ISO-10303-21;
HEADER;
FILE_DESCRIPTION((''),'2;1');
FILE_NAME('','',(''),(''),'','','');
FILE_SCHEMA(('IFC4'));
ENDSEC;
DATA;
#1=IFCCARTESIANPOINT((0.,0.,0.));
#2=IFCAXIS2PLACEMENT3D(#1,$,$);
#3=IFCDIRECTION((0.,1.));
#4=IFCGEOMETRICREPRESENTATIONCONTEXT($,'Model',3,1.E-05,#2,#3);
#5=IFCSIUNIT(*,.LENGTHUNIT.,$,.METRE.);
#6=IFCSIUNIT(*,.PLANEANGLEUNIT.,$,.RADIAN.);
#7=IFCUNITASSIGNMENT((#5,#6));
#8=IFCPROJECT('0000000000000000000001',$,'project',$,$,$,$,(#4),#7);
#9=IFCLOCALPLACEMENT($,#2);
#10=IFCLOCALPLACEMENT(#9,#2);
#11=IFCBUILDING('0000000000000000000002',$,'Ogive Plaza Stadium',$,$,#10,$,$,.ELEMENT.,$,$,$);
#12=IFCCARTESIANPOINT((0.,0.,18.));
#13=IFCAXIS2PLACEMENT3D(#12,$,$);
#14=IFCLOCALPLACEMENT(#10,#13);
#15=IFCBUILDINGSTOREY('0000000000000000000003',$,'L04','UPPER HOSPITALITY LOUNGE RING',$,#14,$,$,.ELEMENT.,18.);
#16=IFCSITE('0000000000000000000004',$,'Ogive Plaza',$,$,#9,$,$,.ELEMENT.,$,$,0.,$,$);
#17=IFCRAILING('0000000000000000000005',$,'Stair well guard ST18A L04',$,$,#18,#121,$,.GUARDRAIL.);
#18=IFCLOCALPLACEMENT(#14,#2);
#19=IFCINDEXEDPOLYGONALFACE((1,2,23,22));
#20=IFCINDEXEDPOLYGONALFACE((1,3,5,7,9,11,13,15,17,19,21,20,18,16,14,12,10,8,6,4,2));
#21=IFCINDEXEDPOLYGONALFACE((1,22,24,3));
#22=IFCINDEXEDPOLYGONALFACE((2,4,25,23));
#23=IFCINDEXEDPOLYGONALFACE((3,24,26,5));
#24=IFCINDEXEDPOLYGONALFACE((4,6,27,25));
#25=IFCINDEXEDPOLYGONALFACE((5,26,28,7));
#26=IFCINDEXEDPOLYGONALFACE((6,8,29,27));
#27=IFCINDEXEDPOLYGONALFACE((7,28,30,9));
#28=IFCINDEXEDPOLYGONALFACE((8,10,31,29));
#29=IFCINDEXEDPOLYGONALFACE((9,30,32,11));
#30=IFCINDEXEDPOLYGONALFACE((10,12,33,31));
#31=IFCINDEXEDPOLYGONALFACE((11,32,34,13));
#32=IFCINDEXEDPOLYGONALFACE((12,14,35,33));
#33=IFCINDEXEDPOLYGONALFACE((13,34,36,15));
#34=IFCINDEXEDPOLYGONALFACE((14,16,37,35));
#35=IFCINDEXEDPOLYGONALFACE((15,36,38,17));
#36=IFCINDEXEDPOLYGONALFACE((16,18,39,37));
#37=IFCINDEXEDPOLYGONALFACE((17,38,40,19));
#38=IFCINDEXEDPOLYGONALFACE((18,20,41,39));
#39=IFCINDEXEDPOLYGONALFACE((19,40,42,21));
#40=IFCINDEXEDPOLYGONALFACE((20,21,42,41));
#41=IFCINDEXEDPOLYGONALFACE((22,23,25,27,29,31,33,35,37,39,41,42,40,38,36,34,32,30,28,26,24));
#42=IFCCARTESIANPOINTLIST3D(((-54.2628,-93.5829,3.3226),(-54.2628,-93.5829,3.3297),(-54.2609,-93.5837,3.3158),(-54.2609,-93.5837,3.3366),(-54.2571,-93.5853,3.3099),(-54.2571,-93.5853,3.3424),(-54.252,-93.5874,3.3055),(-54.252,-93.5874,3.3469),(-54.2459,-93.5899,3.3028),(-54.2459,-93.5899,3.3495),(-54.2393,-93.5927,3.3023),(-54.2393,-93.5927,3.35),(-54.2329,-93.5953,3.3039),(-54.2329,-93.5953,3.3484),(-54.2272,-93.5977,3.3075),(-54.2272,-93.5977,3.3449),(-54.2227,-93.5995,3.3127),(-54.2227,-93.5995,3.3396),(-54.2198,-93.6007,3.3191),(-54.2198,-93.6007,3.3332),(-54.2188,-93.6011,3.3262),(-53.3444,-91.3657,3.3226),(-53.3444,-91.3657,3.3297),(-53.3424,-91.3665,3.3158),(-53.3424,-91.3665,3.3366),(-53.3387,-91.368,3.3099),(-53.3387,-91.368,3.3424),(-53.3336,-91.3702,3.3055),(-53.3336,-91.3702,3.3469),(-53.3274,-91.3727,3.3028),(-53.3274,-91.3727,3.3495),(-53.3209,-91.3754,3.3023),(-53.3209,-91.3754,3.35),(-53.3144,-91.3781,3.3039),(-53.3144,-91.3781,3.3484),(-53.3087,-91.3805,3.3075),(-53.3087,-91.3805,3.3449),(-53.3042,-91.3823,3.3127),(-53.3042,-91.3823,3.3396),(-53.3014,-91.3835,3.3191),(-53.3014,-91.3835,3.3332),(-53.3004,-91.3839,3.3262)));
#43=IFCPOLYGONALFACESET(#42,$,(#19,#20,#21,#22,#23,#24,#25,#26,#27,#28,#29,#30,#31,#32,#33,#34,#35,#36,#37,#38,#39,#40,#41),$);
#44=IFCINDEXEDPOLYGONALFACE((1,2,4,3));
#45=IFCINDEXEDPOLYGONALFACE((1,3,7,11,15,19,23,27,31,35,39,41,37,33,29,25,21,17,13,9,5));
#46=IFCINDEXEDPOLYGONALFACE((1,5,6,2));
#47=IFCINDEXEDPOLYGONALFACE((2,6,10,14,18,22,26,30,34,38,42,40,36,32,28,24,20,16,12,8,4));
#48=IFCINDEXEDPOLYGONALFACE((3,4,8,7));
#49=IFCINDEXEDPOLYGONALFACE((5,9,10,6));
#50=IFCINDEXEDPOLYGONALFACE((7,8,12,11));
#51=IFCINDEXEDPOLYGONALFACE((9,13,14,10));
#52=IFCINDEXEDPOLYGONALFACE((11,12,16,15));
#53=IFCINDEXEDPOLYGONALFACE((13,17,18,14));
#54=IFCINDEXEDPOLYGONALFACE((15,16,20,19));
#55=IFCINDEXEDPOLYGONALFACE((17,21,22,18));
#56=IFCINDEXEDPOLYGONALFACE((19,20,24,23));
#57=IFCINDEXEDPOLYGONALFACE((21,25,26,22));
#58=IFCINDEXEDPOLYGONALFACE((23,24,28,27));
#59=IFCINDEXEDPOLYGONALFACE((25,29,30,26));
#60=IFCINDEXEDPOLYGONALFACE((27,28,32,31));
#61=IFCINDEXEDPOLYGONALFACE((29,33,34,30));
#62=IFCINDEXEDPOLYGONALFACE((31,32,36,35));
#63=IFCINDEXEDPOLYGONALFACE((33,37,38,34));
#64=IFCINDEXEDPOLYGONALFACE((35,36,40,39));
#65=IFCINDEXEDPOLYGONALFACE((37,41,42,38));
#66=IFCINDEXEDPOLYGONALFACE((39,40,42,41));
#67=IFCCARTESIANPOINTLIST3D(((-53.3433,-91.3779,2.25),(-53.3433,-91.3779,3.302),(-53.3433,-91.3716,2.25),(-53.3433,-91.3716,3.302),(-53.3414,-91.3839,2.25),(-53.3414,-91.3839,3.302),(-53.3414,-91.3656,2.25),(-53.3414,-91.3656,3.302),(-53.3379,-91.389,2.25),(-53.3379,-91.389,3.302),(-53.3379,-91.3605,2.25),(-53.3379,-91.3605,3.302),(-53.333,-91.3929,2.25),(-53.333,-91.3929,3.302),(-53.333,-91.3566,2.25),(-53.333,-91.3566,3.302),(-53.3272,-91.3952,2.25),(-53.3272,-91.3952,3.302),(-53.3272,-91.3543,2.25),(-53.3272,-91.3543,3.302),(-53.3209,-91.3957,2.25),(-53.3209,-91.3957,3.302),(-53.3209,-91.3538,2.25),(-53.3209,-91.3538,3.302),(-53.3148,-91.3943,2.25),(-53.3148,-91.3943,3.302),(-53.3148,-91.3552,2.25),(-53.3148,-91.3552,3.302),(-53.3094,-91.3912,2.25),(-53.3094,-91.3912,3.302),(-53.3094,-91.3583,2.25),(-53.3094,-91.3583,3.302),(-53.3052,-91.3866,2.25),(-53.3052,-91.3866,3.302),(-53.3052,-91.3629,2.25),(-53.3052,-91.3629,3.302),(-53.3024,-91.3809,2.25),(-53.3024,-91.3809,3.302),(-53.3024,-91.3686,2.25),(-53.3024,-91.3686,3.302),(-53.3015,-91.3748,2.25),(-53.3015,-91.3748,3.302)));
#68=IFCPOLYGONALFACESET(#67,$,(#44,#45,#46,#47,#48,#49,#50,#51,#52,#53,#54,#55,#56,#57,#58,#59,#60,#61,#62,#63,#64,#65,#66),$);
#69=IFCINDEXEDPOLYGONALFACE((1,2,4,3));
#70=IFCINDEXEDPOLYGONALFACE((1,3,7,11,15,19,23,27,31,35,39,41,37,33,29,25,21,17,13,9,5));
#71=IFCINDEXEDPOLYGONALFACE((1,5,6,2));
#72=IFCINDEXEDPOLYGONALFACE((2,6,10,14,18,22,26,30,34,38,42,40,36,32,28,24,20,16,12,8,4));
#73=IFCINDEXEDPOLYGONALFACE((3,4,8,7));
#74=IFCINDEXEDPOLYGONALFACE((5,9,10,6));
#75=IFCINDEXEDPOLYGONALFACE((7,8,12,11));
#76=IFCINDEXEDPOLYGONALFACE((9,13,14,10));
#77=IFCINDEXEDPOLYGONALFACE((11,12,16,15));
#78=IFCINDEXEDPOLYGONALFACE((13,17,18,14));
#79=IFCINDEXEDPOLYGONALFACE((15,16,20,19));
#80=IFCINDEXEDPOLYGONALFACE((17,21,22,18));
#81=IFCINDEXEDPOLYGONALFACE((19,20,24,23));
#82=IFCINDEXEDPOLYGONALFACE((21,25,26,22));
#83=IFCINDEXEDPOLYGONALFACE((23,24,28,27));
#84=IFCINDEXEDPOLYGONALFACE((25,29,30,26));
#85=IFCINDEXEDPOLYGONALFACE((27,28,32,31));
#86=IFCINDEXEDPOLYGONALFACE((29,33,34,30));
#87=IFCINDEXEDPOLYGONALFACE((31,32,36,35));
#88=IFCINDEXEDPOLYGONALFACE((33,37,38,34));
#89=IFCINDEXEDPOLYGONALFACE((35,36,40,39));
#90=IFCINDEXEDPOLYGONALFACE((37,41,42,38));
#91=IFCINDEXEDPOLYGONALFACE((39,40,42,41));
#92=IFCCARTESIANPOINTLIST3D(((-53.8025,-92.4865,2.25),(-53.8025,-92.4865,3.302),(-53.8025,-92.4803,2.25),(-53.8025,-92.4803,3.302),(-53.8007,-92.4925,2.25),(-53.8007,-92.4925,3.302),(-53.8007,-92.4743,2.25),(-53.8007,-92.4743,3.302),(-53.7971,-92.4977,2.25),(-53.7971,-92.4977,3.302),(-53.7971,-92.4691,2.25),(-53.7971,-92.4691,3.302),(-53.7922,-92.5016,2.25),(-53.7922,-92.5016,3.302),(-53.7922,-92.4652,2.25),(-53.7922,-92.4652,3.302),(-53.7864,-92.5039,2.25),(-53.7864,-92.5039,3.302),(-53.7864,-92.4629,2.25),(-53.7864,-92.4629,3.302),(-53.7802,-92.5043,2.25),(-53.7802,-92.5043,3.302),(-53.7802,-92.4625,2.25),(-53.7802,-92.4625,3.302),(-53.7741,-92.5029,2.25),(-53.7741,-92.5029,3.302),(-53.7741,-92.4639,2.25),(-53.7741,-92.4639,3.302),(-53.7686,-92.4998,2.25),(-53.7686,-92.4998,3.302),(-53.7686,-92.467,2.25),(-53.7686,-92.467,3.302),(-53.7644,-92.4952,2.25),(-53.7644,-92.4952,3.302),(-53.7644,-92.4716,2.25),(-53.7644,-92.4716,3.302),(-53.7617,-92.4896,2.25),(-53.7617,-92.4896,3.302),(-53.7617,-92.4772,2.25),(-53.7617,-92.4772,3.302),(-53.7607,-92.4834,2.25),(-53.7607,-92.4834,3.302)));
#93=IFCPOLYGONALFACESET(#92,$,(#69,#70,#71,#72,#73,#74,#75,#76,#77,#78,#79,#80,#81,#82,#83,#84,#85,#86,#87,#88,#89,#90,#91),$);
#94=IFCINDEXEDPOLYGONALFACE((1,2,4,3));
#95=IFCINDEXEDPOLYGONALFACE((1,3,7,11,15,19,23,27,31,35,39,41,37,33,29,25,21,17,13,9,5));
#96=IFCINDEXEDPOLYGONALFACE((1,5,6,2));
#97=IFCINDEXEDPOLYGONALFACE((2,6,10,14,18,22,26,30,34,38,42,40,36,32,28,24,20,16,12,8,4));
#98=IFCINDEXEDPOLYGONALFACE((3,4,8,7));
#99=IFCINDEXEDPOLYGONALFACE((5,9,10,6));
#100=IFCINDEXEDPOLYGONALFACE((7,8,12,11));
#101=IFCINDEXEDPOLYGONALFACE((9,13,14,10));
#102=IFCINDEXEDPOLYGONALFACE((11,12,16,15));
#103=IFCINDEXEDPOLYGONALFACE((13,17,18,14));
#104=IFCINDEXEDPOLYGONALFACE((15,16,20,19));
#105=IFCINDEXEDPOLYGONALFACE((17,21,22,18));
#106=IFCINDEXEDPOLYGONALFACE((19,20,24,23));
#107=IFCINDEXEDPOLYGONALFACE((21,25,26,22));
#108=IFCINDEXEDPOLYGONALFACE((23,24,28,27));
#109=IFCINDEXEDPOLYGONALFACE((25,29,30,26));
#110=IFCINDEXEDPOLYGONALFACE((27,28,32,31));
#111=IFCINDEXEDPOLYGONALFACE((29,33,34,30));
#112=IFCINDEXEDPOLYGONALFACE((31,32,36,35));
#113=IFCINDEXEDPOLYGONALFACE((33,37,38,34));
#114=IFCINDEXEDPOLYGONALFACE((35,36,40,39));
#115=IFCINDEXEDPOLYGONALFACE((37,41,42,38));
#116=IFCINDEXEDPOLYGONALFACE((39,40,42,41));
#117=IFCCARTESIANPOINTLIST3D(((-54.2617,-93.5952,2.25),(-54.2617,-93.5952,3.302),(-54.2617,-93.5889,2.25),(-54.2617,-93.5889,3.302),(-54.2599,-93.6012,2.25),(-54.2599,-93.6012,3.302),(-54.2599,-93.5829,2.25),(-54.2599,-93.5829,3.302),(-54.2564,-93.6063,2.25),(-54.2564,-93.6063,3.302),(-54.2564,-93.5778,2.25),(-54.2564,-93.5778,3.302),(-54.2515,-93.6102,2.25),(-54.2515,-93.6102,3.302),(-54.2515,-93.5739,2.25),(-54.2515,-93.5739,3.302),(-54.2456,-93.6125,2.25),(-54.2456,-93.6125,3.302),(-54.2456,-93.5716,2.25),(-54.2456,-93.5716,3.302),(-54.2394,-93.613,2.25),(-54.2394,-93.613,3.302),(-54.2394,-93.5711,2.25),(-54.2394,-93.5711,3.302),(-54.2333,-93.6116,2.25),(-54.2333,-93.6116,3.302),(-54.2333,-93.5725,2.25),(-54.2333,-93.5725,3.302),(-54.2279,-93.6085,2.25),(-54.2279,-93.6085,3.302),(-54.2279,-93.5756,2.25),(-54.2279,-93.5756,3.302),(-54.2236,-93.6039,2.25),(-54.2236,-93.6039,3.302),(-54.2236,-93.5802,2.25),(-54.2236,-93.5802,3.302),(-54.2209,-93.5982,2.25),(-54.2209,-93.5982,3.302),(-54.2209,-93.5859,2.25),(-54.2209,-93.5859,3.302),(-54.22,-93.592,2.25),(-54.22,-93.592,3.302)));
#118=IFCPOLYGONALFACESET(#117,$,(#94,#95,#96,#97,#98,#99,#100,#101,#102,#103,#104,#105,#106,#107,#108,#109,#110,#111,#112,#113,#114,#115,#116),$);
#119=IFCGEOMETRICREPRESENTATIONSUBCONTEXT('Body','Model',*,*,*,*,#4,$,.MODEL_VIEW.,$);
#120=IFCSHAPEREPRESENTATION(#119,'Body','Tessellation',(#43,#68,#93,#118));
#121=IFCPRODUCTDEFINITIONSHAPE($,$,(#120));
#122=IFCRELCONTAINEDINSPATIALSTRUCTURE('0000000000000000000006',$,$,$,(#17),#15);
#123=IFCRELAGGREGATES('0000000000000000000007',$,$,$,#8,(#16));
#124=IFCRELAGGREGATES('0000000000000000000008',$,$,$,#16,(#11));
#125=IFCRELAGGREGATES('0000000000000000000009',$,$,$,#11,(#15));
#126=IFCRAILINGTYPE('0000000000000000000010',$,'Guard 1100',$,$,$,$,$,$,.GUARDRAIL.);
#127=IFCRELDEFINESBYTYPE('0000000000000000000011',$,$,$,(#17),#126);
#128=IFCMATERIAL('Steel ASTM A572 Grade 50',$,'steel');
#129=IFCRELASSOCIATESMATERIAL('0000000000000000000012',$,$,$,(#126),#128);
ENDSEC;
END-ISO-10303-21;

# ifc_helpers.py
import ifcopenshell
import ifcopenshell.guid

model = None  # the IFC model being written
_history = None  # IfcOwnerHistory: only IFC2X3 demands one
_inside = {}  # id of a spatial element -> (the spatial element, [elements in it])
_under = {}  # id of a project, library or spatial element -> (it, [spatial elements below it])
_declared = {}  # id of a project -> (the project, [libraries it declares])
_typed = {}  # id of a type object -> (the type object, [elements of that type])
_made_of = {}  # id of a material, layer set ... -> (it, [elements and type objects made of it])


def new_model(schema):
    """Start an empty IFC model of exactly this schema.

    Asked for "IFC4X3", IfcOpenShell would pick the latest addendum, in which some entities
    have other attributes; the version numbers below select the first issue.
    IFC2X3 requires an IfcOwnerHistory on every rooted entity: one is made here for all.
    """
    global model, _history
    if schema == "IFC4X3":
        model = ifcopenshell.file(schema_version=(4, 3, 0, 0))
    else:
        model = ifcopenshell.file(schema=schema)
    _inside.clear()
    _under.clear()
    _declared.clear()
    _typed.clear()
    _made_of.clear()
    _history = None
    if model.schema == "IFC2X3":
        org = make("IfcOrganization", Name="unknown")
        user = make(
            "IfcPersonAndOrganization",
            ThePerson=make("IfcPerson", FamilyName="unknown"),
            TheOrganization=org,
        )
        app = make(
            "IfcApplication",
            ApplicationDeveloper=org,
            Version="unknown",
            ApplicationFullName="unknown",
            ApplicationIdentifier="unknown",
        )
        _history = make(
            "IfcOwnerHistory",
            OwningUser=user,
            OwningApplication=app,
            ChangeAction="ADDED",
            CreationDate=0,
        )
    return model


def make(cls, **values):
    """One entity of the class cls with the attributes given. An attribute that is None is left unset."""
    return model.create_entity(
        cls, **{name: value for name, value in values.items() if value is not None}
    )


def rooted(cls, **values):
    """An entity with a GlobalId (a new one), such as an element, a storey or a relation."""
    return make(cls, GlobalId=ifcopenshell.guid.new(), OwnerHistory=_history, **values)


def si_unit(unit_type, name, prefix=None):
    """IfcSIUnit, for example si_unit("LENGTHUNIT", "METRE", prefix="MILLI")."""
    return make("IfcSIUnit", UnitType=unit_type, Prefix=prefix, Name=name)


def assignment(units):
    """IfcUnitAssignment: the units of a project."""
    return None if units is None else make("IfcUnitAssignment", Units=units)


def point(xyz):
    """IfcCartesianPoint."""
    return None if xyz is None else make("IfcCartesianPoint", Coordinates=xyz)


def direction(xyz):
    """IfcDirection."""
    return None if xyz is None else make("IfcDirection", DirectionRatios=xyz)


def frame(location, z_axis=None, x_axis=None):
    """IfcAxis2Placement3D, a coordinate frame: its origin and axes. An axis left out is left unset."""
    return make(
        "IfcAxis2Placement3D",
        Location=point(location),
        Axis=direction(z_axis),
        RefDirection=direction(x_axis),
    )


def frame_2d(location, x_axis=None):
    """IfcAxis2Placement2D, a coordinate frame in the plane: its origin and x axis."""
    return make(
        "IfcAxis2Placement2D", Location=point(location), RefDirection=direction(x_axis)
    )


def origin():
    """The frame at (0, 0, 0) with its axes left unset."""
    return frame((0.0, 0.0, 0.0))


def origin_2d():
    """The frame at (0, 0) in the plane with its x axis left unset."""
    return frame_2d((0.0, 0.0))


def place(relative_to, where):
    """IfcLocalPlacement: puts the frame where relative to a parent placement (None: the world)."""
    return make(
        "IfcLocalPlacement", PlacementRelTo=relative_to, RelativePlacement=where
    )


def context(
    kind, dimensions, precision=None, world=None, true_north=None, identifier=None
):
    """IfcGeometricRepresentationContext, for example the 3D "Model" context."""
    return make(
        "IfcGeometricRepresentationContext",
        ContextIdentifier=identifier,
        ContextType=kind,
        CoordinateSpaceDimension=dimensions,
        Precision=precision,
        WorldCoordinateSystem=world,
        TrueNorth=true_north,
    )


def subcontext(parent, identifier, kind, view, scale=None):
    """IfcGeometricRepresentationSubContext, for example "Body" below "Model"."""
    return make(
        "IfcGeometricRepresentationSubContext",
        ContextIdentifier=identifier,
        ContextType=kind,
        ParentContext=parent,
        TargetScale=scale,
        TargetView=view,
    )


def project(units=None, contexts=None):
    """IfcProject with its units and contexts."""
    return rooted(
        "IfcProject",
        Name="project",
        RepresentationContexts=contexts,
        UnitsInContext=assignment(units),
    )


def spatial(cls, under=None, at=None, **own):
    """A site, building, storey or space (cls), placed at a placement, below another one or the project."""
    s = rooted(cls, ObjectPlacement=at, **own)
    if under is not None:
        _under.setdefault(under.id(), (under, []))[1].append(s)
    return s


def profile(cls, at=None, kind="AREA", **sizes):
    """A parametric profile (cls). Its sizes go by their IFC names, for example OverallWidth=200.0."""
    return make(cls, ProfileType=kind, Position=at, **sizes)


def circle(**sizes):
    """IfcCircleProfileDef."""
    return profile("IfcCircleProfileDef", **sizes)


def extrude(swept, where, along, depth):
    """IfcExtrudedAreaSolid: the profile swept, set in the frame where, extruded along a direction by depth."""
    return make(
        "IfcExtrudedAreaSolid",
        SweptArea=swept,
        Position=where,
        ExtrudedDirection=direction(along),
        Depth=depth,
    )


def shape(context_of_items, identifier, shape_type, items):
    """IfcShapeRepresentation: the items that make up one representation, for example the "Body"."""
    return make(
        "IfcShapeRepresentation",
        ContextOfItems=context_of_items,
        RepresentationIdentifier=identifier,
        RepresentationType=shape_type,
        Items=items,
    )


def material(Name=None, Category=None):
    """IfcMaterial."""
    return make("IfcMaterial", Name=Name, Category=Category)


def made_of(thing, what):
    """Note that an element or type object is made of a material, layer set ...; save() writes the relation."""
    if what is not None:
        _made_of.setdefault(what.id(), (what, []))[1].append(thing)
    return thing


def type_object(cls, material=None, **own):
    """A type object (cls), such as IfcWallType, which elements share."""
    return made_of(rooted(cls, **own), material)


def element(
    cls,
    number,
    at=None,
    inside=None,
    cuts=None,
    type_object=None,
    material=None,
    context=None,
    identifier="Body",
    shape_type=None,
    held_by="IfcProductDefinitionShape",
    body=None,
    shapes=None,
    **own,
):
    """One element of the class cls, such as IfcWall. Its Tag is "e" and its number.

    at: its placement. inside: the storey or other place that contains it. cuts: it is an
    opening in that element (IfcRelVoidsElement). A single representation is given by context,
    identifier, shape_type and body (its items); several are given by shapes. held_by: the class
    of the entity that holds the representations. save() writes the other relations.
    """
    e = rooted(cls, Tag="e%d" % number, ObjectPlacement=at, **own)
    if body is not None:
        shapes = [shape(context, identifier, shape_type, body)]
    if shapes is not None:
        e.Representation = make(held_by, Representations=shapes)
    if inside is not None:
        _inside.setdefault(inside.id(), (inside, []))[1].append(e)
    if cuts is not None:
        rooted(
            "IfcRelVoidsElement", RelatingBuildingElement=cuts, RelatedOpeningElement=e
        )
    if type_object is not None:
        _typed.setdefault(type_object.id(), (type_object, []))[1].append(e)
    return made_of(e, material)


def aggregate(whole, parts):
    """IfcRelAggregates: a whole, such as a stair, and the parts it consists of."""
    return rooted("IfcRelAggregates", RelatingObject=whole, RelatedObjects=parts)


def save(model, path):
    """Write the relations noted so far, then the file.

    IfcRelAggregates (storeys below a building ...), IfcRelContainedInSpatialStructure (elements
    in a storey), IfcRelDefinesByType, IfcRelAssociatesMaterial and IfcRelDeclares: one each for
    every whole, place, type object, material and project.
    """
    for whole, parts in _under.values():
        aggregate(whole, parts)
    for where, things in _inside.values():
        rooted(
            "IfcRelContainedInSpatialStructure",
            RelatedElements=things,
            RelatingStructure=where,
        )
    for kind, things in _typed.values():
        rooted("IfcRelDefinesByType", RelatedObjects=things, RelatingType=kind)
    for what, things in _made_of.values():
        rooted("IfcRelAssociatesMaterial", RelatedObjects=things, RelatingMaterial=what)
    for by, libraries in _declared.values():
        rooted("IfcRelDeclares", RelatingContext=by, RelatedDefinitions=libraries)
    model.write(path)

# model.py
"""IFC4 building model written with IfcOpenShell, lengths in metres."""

from ifc_helpers import new_model, si_unit, direction, frame, origin, origin_2d, place, context, subcontext, project, spatial, circle, extrude, material, type_object, element, save


model = new_model("IFC4")

# Units and contexts
model_context = context("Model", 3, precision=1e-05, world=origin(), true_north=direction((0.0, 1.0)))
body_context = subcontext(model_context, "Body", "Model", "MODEL_VIEW")
ifc_project = project(units=[si_unit("LENGTHUNIT", "METRE"), si_unit("PLANEANGLEUNIT", "RADIAN")], contexts=[model_context])

# Site, building, storey
site_placement = place(None, origin())
site = spatial("IfcSite", under=ifc_project, at=site_placement, Name="Ogive Plaza", CompositionType="ELEMENT", RefElevation=0.0)
building_placement = place(site_placement, origin())
building = spatial("IfcBuilding", under=site, at=building_placement, Name="Ogive Plaza Stadium", CompositionType="ELEMENT")
storey_placement = place(building_placement, frame((0.0, 0.0, 18.0)))
storey = spatial("IfcBuildingStorey", under=building, at=storey_placement, Name="L04", Description="UPPER HOSPITALITY LOUNGE RING", CompositionType="ELEMENT", Elevation=18.0)

# Railing
ifc_material_1 = material(Name="Steel ASTM A572 Grade 50", Category="steel")
railing_type_1 = type_object("IfcRailingType", Name="Guard 1100", PredefinedType="GUARDRAIL", material=ifc_material_1)
railing_1_placement = place(storey_placement, frame((-53.3225, -91.3748, 2.25)))
element("IfcRailing", 1, at=railing_1_placement, inside=storey, type_object=railing_type_1, Name="Stair well guard ST18A L04", PredefinedType="GUARDRAIL", context=body_context, shape_type="SweptSolid", body=[
    extrude(circle(Radius=0.0239, at=origin_2d()), frame((0.0, 0.0, 1.0762), z_axis=(-0.382693, -0.923875, 0.0), x_axis=(0.923875, -0.382693, 0.0)), (0.0, 0.0, 1.0), 2.3999),
    extrude(circle(Radius=0.021, at=origin_2d()), origin(), (0.0, 0.0, 1.0), 1.052),
    extrude(circle(Radius=0.021, at=origin_2d()), frame((-0.4592, -1.1086, 0.0)), (0.0, 0.0, 1.0), 1.052),
    extrude(circle(Radius=0.021, at=origin_2d()), frame((-0.9185, -2.2173, 0.0)), (0.0, 0.0, 1.0), 1.052),
])

save(model, "model.ifc")
